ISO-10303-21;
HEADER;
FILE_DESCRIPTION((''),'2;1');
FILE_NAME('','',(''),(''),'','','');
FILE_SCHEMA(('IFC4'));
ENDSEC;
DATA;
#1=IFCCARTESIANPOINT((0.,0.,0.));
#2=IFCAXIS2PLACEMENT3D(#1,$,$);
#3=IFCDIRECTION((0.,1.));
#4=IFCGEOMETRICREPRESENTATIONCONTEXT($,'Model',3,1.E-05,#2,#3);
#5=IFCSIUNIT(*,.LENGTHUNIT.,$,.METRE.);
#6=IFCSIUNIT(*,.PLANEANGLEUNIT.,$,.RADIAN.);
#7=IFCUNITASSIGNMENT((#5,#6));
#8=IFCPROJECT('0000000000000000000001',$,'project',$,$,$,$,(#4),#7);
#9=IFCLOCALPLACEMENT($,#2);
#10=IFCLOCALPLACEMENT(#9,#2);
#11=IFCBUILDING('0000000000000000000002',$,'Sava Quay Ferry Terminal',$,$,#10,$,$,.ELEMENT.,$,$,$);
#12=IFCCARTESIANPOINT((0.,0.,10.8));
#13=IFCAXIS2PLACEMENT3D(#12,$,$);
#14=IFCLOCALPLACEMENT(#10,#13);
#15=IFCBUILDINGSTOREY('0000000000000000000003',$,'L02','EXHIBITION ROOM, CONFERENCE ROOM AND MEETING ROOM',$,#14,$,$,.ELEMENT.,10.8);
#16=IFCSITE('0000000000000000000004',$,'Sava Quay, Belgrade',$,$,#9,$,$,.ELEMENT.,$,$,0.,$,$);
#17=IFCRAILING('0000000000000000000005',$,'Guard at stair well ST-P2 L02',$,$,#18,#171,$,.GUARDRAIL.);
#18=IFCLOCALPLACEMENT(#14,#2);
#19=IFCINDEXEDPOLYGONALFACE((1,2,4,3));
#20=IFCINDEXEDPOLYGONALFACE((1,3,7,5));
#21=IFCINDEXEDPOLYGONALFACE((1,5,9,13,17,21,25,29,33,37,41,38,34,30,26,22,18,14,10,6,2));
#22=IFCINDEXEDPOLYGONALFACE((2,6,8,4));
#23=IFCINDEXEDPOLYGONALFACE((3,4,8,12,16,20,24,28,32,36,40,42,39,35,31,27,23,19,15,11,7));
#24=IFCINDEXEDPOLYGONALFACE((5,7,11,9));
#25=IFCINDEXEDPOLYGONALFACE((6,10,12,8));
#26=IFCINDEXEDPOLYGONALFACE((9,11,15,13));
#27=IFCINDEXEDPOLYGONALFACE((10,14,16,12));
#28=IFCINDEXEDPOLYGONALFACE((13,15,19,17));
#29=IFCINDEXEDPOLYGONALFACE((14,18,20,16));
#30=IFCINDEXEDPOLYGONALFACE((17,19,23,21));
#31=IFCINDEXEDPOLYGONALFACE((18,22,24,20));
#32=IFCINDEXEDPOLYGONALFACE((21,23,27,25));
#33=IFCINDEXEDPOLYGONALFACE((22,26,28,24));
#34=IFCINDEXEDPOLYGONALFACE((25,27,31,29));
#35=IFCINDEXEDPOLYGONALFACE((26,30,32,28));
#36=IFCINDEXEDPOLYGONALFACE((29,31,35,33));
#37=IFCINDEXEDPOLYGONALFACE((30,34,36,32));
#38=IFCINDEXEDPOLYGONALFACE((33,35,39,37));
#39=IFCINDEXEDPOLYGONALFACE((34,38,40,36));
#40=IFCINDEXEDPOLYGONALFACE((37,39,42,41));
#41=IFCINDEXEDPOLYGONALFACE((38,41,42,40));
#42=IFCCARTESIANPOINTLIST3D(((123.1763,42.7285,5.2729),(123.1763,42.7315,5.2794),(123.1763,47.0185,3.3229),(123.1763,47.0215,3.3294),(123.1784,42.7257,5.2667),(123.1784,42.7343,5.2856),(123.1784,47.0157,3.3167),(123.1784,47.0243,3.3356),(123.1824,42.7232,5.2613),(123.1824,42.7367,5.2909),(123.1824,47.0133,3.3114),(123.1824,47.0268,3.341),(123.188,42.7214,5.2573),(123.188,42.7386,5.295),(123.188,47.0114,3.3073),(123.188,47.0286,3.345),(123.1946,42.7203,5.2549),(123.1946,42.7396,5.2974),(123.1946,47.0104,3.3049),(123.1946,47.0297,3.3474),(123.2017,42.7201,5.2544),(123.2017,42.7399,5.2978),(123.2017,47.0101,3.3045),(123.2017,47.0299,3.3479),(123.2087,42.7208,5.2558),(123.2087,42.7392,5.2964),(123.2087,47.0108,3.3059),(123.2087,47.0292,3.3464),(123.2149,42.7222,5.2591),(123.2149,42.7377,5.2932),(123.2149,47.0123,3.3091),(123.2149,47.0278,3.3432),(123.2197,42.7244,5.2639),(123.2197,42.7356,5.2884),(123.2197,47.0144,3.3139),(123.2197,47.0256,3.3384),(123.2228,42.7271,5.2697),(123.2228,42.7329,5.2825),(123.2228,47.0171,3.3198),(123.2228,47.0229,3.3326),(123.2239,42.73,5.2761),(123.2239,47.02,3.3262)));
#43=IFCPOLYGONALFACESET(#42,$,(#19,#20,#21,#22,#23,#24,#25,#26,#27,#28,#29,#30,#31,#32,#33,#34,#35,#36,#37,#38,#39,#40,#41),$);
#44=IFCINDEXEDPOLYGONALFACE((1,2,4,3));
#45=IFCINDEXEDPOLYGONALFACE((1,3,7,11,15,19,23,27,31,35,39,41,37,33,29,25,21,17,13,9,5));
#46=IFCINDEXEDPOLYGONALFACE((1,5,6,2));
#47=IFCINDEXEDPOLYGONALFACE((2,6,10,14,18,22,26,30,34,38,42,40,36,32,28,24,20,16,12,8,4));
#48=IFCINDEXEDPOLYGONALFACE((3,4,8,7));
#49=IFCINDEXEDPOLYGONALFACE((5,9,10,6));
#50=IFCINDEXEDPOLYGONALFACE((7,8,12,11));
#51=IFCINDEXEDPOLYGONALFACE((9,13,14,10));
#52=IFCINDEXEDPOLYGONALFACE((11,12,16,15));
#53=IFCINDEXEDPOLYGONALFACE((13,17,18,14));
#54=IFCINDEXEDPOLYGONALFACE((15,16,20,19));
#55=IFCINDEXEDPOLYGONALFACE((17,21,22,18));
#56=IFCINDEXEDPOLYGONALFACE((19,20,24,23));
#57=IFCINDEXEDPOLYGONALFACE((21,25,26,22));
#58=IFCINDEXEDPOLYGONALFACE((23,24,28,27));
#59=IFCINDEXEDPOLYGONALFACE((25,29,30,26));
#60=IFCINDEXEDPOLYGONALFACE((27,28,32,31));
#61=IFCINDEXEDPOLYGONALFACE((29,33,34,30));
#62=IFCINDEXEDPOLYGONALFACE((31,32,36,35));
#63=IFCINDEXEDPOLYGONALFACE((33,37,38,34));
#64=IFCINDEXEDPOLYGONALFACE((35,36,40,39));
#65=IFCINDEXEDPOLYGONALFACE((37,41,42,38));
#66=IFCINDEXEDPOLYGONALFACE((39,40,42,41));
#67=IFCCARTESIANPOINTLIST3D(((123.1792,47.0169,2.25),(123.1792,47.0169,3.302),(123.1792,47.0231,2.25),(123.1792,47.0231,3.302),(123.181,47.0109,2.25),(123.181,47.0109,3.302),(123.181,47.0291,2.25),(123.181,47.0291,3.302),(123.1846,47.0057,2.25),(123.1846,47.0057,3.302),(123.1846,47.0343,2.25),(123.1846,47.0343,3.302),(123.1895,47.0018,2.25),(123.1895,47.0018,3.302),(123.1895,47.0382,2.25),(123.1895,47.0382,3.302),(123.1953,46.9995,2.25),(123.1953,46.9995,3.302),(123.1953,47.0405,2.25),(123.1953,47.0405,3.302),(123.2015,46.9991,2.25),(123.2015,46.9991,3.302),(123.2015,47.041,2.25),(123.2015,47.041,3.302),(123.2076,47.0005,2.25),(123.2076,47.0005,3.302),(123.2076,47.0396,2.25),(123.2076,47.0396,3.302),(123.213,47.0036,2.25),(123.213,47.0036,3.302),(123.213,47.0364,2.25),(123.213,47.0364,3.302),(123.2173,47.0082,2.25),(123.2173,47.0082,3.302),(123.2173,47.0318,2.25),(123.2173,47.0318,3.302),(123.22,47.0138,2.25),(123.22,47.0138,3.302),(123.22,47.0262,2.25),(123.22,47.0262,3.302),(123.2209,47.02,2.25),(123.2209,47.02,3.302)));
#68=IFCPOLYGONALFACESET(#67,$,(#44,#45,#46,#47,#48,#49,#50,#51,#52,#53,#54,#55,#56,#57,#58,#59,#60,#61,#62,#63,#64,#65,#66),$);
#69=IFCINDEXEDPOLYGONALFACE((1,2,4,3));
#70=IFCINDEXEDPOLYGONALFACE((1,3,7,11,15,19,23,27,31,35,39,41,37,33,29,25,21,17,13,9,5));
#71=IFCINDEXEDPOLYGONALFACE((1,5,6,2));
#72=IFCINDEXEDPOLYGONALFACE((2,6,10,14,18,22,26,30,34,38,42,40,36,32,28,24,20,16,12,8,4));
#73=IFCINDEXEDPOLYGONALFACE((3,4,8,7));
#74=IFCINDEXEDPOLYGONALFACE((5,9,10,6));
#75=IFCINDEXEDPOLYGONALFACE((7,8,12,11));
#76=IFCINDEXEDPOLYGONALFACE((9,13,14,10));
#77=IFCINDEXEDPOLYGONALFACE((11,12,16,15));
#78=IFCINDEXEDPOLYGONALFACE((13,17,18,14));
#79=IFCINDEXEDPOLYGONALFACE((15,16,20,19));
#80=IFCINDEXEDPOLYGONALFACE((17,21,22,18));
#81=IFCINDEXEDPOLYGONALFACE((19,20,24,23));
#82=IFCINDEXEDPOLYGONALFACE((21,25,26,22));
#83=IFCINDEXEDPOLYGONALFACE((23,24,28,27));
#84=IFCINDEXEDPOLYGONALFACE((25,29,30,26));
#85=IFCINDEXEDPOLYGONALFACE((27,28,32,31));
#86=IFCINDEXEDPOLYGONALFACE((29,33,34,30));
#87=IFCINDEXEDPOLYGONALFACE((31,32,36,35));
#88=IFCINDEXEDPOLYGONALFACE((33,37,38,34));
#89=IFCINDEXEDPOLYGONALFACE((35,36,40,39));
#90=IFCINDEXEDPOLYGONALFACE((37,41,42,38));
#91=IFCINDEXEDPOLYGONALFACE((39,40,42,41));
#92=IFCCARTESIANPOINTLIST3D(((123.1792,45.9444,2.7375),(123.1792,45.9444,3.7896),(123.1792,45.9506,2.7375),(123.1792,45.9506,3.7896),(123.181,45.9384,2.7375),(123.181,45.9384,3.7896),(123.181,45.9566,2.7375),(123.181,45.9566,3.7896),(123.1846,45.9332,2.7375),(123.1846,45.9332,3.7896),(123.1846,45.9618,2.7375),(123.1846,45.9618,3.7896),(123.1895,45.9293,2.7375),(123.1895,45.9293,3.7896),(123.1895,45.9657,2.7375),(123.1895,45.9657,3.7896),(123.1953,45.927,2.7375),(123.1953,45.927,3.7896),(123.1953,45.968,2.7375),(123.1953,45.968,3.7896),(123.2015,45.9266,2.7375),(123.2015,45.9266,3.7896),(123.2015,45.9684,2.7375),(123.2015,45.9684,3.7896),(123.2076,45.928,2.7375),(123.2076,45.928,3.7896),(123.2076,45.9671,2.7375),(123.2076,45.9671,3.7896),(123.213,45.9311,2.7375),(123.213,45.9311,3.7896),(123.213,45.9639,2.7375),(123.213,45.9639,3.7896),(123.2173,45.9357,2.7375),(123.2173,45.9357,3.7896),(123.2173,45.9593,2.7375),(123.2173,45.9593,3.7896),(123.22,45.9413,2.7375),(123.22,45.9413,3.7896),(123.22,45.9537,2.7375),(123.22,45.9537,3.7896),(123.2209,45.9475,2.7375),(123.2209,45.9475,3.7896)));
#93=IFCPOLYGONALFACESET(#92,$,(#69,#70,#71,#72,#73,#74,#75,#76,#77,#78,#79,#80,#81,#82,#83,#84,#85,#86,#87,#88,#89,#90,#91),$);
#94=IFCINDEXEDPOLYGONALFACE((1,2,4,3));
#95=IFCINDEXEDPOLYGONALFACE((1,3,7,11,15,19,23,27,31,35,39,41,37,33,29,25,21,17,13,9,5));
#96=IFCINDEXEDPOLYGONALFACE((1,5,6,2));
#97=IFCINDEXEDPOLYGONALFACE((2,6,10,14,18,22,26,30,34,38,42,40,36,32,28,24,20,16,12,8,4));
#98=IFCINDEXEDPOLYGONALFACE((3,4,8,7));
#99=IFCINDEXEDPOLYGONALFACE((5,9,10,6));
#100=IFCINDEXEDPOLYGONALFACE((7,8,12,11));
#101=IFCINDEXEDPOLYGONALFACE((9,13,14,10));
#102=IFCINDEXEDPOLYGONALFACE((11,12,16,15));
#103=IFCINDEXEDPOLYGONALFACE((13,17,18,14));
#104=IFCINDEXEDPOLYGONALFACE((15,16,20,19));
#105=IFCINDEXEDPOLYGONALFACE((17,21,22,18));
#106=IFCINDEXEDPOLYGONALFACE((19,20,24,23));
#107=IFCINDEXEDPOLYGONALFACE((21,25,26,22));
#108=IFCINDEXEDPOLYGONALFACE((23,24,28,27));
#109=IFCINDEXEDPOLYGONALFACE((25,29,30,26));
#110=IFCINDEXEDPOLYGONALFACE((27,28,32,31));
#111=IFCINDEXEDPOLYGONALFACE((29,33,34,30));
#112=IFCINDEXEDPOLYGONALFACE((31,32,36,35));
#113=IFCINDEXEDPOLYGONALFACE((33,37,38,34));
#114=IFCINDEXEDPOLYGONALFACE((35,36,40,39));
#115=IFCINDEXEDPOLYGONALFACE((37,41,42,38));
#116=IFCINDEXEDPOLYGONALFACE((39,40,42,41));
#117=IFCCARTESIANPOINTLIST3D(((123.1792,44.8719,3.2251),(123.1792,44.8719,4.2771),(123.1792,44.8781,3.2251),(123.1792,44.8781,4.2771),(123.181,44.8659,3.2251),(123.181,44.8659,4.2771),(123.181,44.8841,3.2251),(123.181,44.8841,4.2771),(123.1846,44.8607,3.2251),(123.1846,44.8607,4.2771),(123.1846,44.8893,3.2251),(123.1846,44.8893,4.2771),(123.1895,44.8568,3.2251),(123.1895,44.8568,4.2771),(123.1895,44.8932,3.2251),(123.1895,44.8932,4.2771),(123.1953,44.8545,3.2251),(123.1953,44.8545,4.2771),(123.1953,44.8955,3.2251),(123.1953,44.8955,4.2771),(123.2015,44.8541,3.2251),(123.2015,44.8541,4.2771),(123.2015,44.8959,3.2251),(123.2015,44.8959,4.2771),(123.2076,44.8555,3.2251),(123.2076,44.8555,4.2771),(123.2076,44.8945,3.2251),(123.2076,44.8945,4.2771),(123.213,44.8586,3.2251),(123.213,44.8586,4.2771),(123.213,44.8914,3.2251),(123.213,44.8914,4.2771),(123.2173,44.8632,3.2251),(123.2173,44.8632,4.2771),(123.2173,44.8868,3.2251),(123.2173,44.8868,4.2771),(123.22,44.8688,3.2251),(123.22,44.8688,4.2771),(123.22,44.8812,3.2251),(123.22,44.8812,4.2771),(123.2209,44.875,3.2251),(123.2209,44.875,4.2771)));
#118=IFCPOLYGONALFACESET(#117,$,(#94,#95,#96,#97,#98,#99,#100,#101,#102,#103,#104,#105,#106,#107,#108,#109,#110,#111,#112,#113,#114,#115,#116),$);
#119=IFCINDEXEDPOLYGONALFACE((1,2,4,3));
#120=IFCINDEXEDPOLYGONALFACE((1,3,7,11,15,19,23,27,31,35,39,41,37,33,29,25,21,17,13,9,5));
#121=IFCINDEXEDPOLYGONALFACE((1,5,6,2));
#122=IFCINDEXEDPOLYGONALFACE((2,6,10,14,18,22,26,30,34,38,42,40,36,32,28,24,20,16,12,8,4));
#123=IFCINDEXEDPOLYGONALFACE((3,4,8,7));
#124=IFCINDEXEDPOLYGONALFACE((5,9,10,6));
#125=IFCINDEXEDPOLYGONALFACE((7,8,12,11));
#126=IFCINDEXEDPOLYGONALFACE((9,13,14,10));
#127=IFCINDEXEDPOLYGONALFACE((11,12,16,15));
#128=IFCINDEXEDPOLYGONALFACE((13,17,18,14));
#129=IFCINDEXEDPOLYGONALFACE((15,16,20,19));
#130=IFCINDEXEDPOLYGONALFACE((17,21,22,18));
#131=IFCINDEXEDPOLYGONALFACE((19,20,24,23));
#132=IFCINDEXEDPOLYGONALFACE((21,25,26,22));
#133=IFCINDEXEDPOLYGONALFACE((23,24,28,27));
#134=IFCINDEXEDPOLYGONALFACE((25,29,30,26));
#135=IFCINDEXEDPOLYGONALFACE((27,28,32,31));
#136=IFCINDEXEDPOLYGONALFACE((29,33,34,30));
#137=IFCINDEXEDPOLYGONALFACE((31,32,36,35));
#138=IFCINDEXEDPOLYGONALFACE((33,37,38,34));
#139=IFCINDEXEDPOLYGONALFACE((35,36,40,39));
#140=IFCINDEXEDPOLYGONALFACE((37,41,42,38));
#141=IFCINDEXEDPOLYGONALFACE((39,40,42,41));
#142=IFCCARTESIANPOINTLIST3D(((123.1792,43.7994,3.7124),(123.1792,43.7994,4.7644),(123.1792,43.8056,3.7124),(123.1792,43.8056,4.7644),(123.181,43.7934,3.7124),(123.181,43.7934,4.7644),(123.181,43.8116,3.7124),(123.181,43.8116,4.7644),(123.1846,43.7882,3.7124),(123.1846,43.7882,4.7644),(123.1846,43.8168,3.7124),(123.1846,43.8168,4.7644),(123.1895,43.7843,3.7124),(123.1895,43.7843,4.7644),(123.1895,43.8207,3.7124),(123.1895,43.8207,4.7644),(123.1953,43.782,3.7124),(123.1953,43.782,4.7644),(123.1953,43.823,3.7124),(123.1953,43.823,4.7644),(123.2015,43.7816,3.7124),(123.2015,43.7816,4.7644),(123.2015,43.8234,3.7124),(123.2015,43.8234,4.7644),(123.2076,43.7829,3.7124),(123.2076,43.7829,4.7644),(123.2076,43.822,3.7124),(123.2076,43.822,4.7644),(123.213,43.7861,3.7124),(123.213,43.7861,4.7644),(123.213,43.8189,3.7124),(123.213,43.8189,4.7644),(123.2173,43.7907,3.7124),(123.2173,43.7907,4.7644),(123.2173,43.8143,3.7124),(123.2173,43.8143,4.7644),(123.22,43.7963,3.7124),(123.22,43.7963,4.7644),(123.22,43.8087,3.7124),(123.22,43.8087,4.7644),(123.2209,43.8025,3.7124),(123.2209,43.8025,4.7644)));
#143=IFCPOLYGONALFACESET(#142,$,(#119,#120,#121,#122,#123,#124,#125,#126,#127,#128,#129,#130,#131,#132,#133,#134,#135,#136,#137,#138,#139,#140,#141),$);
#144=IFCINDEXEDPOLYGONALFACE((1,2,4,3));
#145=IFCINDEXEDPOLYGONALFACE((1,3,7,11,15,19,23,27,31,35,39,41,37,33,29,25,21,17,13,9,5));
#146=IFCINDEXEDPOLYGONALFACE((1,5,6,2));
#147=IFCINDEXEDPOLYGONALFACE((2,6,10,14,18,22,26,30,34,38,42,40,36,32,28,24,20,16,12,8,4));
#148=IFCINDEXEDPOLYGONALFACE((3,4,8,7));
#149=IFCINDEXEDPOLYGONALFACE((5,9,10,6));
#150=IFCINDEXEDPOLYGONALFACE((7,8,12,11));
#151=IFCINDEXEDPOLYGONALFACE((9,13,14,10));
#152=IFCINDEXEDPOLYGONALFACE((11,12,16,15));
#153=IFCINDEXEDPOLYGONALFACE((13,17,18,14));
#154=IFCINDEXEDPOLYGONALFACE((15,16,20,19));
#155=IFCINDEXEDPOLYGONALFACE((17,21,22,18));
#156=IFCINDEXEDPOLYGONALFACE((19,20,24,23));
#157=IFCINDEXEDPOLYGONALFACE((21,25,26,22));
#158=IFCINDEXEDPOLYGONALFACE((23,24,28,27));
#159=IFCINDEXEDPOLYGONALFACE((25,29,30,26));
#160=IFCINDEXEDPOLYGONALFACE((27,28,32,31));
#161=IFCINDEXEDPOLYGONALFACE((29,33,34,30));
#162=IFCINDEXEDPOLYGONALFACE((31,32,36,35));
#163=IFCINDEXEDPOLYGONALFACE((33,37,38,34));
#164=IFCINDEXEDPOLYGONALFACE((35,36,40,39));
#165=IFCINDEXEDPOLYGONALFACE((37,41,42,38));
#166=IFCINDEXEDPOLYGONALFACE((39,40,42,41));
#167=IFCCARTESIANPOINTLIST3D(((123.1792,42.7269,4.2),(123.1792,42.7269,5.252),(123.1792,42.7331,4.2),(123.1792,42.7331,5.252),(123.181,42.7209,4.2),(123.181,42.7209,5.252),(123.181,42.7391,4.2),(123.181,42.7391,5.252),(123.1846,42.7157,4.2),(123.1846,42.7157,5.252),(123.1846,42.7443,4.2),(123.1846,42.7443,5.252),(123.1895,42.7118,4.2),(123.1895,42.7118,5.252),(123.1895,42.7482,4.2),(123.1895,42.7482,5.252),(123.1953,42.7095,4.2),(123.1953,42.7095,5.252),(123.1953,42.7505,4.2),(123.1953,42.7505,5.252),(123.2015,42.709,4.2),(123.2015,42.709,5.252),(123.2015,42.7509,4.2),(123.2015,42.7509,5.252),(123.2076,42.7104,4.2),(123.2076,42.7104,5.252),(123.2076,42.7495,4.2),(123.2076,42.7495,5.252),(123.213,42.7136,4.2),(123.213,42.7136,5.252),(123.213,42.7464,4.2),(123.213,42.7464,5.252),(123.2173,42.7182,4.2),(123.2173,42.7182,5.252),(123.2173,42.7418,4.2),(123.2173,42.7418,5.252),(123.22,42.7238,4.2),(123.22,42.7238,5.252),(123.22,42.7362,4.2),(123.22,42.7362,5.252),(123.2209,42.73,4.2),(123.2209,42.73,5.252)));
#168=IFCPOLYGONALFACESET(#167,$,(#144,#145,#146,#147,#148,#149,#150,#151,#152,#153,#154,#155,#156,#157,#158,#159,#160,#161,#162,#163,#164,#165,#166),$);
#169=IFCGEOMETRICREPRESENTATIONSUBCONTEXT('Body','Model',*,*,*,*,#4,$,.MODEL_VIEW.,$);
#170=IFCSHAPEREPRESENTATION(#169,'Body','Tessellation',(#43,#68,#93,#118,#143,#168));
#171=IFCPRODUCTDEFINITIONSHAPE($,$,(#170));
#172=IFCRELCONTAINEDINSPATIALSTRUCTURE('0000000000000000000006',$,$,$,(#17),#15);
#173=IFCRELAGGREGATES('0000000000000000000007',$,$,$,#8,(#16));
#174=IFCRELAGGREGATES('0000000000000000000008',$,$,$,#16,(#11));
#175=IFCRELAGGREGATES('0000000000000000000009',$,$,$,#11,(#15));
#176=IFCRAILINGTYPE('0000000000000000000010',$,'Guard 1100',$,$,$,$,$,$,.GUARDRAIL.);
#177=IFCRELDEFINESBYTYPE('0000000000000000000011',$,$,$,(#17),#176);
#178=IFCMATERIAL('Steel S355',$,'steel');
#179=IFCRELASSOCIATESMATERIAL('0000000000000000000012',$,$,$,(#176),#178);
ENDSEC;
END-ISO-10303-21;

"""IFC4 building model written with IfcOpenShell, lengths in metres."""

from ifc_helpers import new_model, si_unit, direction, frame, origin, origin_2d, place, context, subcontext, project, spatial, circle, extrude, material, type_object, element, save


model = new_model("IFC4")

# Units and contexts
model_context = context("Model", 3, precision=1e-05, world=origin(), true_north=direction((0.0, 1.0)))
body_context = subcontext(model_context, "Body", "Model", "MODEL_VIEW")
ifc_project = project(units=[si_unit("LENGTHUNIT", "METRE"), si_unit("PLANEANGLEUNIT", "RADIAN")], contexts=[model_context])

# Site, building, storey
site_placement = place(None, origin())
site = spatial("IfcSite", under=ifc_project, at=site_placement, Name="Sava Quay, Belgrade", CompositionType="ELEMENT", RefElevation=0.0)
building_placement = place(site_placement, origin())
building = spatial("IfcBuilding", under=site, at=building_placement, Name="Sava Quay Ferry Terminal", CompositionType="ELEMENT")
storey_placement = place(building_placement, frame((0.0, 0.0, 10.8)))
storey = spatial("IfcBuildingStorey", under=building, at=storey_placement, Name="L02", Description="EXHIBITION ROOM, CONFERENCE ROOM AND MEETING ROOM", CompositionType="ELEMENT", Elevation=10.8)

# Railing
ifc_material_1 = material(Name="Steel S355", Category="steel")
railing_type_1 = type_object("IfcRailingType", Name="Guard 1100", PredefinedType="GUARDRAIL", material=ifc_material_1)
railing_1_placement = place(storey_placement, frame((123.2, 47.02, 2.25)))
element("IfcRailing", 1, at=railing_1_placement, inside=storey, type_object=railing_type_1, Name="Guard at stair well ST-P2 L02", PredefinedType="GUARDRAIL", context=body_context, shape_type="SweptSolid", body=[
    extrude(circle(Radius=0.0239, at=origin_2d()), frame((0.0, 0.0, 1.0762), z_axis=(0.0, -0.910372, 0.413791), x_axis=(1.0, 0.0, 0.0)), (0.0, 0.0, 1.0), 4.7124),
    extrude(circle(Radius=0.021, at=origin_2d()), origin(), (0.0, 0.0, 1.0), 1.052),
    extrude(circle(Radius=0.021, at=origin_2d()), frame((0.0, -1.0725, 0.4875)), (0.0, 0.0, 1.0), 1.052),
    extrude(circle(Radius=0.021, at=origin_2d()), frame((0.0, -2.145, 0.9751)), (0.0, 0.0, 1.0), 1.052),
    extrude(circle(Radius=0.021, at=origin_2d()), frame((0.0, -3.2175, 1.4624)), (0.0, 0.0, 1.0), 1.052),
    extrude(circle(Radius=0.021, at=origin_2d()), frame((0.0, -4.29, 1.95)), (0.0, 0.0, 1.0), 1.052),
])

save(model, "model.ifc")
